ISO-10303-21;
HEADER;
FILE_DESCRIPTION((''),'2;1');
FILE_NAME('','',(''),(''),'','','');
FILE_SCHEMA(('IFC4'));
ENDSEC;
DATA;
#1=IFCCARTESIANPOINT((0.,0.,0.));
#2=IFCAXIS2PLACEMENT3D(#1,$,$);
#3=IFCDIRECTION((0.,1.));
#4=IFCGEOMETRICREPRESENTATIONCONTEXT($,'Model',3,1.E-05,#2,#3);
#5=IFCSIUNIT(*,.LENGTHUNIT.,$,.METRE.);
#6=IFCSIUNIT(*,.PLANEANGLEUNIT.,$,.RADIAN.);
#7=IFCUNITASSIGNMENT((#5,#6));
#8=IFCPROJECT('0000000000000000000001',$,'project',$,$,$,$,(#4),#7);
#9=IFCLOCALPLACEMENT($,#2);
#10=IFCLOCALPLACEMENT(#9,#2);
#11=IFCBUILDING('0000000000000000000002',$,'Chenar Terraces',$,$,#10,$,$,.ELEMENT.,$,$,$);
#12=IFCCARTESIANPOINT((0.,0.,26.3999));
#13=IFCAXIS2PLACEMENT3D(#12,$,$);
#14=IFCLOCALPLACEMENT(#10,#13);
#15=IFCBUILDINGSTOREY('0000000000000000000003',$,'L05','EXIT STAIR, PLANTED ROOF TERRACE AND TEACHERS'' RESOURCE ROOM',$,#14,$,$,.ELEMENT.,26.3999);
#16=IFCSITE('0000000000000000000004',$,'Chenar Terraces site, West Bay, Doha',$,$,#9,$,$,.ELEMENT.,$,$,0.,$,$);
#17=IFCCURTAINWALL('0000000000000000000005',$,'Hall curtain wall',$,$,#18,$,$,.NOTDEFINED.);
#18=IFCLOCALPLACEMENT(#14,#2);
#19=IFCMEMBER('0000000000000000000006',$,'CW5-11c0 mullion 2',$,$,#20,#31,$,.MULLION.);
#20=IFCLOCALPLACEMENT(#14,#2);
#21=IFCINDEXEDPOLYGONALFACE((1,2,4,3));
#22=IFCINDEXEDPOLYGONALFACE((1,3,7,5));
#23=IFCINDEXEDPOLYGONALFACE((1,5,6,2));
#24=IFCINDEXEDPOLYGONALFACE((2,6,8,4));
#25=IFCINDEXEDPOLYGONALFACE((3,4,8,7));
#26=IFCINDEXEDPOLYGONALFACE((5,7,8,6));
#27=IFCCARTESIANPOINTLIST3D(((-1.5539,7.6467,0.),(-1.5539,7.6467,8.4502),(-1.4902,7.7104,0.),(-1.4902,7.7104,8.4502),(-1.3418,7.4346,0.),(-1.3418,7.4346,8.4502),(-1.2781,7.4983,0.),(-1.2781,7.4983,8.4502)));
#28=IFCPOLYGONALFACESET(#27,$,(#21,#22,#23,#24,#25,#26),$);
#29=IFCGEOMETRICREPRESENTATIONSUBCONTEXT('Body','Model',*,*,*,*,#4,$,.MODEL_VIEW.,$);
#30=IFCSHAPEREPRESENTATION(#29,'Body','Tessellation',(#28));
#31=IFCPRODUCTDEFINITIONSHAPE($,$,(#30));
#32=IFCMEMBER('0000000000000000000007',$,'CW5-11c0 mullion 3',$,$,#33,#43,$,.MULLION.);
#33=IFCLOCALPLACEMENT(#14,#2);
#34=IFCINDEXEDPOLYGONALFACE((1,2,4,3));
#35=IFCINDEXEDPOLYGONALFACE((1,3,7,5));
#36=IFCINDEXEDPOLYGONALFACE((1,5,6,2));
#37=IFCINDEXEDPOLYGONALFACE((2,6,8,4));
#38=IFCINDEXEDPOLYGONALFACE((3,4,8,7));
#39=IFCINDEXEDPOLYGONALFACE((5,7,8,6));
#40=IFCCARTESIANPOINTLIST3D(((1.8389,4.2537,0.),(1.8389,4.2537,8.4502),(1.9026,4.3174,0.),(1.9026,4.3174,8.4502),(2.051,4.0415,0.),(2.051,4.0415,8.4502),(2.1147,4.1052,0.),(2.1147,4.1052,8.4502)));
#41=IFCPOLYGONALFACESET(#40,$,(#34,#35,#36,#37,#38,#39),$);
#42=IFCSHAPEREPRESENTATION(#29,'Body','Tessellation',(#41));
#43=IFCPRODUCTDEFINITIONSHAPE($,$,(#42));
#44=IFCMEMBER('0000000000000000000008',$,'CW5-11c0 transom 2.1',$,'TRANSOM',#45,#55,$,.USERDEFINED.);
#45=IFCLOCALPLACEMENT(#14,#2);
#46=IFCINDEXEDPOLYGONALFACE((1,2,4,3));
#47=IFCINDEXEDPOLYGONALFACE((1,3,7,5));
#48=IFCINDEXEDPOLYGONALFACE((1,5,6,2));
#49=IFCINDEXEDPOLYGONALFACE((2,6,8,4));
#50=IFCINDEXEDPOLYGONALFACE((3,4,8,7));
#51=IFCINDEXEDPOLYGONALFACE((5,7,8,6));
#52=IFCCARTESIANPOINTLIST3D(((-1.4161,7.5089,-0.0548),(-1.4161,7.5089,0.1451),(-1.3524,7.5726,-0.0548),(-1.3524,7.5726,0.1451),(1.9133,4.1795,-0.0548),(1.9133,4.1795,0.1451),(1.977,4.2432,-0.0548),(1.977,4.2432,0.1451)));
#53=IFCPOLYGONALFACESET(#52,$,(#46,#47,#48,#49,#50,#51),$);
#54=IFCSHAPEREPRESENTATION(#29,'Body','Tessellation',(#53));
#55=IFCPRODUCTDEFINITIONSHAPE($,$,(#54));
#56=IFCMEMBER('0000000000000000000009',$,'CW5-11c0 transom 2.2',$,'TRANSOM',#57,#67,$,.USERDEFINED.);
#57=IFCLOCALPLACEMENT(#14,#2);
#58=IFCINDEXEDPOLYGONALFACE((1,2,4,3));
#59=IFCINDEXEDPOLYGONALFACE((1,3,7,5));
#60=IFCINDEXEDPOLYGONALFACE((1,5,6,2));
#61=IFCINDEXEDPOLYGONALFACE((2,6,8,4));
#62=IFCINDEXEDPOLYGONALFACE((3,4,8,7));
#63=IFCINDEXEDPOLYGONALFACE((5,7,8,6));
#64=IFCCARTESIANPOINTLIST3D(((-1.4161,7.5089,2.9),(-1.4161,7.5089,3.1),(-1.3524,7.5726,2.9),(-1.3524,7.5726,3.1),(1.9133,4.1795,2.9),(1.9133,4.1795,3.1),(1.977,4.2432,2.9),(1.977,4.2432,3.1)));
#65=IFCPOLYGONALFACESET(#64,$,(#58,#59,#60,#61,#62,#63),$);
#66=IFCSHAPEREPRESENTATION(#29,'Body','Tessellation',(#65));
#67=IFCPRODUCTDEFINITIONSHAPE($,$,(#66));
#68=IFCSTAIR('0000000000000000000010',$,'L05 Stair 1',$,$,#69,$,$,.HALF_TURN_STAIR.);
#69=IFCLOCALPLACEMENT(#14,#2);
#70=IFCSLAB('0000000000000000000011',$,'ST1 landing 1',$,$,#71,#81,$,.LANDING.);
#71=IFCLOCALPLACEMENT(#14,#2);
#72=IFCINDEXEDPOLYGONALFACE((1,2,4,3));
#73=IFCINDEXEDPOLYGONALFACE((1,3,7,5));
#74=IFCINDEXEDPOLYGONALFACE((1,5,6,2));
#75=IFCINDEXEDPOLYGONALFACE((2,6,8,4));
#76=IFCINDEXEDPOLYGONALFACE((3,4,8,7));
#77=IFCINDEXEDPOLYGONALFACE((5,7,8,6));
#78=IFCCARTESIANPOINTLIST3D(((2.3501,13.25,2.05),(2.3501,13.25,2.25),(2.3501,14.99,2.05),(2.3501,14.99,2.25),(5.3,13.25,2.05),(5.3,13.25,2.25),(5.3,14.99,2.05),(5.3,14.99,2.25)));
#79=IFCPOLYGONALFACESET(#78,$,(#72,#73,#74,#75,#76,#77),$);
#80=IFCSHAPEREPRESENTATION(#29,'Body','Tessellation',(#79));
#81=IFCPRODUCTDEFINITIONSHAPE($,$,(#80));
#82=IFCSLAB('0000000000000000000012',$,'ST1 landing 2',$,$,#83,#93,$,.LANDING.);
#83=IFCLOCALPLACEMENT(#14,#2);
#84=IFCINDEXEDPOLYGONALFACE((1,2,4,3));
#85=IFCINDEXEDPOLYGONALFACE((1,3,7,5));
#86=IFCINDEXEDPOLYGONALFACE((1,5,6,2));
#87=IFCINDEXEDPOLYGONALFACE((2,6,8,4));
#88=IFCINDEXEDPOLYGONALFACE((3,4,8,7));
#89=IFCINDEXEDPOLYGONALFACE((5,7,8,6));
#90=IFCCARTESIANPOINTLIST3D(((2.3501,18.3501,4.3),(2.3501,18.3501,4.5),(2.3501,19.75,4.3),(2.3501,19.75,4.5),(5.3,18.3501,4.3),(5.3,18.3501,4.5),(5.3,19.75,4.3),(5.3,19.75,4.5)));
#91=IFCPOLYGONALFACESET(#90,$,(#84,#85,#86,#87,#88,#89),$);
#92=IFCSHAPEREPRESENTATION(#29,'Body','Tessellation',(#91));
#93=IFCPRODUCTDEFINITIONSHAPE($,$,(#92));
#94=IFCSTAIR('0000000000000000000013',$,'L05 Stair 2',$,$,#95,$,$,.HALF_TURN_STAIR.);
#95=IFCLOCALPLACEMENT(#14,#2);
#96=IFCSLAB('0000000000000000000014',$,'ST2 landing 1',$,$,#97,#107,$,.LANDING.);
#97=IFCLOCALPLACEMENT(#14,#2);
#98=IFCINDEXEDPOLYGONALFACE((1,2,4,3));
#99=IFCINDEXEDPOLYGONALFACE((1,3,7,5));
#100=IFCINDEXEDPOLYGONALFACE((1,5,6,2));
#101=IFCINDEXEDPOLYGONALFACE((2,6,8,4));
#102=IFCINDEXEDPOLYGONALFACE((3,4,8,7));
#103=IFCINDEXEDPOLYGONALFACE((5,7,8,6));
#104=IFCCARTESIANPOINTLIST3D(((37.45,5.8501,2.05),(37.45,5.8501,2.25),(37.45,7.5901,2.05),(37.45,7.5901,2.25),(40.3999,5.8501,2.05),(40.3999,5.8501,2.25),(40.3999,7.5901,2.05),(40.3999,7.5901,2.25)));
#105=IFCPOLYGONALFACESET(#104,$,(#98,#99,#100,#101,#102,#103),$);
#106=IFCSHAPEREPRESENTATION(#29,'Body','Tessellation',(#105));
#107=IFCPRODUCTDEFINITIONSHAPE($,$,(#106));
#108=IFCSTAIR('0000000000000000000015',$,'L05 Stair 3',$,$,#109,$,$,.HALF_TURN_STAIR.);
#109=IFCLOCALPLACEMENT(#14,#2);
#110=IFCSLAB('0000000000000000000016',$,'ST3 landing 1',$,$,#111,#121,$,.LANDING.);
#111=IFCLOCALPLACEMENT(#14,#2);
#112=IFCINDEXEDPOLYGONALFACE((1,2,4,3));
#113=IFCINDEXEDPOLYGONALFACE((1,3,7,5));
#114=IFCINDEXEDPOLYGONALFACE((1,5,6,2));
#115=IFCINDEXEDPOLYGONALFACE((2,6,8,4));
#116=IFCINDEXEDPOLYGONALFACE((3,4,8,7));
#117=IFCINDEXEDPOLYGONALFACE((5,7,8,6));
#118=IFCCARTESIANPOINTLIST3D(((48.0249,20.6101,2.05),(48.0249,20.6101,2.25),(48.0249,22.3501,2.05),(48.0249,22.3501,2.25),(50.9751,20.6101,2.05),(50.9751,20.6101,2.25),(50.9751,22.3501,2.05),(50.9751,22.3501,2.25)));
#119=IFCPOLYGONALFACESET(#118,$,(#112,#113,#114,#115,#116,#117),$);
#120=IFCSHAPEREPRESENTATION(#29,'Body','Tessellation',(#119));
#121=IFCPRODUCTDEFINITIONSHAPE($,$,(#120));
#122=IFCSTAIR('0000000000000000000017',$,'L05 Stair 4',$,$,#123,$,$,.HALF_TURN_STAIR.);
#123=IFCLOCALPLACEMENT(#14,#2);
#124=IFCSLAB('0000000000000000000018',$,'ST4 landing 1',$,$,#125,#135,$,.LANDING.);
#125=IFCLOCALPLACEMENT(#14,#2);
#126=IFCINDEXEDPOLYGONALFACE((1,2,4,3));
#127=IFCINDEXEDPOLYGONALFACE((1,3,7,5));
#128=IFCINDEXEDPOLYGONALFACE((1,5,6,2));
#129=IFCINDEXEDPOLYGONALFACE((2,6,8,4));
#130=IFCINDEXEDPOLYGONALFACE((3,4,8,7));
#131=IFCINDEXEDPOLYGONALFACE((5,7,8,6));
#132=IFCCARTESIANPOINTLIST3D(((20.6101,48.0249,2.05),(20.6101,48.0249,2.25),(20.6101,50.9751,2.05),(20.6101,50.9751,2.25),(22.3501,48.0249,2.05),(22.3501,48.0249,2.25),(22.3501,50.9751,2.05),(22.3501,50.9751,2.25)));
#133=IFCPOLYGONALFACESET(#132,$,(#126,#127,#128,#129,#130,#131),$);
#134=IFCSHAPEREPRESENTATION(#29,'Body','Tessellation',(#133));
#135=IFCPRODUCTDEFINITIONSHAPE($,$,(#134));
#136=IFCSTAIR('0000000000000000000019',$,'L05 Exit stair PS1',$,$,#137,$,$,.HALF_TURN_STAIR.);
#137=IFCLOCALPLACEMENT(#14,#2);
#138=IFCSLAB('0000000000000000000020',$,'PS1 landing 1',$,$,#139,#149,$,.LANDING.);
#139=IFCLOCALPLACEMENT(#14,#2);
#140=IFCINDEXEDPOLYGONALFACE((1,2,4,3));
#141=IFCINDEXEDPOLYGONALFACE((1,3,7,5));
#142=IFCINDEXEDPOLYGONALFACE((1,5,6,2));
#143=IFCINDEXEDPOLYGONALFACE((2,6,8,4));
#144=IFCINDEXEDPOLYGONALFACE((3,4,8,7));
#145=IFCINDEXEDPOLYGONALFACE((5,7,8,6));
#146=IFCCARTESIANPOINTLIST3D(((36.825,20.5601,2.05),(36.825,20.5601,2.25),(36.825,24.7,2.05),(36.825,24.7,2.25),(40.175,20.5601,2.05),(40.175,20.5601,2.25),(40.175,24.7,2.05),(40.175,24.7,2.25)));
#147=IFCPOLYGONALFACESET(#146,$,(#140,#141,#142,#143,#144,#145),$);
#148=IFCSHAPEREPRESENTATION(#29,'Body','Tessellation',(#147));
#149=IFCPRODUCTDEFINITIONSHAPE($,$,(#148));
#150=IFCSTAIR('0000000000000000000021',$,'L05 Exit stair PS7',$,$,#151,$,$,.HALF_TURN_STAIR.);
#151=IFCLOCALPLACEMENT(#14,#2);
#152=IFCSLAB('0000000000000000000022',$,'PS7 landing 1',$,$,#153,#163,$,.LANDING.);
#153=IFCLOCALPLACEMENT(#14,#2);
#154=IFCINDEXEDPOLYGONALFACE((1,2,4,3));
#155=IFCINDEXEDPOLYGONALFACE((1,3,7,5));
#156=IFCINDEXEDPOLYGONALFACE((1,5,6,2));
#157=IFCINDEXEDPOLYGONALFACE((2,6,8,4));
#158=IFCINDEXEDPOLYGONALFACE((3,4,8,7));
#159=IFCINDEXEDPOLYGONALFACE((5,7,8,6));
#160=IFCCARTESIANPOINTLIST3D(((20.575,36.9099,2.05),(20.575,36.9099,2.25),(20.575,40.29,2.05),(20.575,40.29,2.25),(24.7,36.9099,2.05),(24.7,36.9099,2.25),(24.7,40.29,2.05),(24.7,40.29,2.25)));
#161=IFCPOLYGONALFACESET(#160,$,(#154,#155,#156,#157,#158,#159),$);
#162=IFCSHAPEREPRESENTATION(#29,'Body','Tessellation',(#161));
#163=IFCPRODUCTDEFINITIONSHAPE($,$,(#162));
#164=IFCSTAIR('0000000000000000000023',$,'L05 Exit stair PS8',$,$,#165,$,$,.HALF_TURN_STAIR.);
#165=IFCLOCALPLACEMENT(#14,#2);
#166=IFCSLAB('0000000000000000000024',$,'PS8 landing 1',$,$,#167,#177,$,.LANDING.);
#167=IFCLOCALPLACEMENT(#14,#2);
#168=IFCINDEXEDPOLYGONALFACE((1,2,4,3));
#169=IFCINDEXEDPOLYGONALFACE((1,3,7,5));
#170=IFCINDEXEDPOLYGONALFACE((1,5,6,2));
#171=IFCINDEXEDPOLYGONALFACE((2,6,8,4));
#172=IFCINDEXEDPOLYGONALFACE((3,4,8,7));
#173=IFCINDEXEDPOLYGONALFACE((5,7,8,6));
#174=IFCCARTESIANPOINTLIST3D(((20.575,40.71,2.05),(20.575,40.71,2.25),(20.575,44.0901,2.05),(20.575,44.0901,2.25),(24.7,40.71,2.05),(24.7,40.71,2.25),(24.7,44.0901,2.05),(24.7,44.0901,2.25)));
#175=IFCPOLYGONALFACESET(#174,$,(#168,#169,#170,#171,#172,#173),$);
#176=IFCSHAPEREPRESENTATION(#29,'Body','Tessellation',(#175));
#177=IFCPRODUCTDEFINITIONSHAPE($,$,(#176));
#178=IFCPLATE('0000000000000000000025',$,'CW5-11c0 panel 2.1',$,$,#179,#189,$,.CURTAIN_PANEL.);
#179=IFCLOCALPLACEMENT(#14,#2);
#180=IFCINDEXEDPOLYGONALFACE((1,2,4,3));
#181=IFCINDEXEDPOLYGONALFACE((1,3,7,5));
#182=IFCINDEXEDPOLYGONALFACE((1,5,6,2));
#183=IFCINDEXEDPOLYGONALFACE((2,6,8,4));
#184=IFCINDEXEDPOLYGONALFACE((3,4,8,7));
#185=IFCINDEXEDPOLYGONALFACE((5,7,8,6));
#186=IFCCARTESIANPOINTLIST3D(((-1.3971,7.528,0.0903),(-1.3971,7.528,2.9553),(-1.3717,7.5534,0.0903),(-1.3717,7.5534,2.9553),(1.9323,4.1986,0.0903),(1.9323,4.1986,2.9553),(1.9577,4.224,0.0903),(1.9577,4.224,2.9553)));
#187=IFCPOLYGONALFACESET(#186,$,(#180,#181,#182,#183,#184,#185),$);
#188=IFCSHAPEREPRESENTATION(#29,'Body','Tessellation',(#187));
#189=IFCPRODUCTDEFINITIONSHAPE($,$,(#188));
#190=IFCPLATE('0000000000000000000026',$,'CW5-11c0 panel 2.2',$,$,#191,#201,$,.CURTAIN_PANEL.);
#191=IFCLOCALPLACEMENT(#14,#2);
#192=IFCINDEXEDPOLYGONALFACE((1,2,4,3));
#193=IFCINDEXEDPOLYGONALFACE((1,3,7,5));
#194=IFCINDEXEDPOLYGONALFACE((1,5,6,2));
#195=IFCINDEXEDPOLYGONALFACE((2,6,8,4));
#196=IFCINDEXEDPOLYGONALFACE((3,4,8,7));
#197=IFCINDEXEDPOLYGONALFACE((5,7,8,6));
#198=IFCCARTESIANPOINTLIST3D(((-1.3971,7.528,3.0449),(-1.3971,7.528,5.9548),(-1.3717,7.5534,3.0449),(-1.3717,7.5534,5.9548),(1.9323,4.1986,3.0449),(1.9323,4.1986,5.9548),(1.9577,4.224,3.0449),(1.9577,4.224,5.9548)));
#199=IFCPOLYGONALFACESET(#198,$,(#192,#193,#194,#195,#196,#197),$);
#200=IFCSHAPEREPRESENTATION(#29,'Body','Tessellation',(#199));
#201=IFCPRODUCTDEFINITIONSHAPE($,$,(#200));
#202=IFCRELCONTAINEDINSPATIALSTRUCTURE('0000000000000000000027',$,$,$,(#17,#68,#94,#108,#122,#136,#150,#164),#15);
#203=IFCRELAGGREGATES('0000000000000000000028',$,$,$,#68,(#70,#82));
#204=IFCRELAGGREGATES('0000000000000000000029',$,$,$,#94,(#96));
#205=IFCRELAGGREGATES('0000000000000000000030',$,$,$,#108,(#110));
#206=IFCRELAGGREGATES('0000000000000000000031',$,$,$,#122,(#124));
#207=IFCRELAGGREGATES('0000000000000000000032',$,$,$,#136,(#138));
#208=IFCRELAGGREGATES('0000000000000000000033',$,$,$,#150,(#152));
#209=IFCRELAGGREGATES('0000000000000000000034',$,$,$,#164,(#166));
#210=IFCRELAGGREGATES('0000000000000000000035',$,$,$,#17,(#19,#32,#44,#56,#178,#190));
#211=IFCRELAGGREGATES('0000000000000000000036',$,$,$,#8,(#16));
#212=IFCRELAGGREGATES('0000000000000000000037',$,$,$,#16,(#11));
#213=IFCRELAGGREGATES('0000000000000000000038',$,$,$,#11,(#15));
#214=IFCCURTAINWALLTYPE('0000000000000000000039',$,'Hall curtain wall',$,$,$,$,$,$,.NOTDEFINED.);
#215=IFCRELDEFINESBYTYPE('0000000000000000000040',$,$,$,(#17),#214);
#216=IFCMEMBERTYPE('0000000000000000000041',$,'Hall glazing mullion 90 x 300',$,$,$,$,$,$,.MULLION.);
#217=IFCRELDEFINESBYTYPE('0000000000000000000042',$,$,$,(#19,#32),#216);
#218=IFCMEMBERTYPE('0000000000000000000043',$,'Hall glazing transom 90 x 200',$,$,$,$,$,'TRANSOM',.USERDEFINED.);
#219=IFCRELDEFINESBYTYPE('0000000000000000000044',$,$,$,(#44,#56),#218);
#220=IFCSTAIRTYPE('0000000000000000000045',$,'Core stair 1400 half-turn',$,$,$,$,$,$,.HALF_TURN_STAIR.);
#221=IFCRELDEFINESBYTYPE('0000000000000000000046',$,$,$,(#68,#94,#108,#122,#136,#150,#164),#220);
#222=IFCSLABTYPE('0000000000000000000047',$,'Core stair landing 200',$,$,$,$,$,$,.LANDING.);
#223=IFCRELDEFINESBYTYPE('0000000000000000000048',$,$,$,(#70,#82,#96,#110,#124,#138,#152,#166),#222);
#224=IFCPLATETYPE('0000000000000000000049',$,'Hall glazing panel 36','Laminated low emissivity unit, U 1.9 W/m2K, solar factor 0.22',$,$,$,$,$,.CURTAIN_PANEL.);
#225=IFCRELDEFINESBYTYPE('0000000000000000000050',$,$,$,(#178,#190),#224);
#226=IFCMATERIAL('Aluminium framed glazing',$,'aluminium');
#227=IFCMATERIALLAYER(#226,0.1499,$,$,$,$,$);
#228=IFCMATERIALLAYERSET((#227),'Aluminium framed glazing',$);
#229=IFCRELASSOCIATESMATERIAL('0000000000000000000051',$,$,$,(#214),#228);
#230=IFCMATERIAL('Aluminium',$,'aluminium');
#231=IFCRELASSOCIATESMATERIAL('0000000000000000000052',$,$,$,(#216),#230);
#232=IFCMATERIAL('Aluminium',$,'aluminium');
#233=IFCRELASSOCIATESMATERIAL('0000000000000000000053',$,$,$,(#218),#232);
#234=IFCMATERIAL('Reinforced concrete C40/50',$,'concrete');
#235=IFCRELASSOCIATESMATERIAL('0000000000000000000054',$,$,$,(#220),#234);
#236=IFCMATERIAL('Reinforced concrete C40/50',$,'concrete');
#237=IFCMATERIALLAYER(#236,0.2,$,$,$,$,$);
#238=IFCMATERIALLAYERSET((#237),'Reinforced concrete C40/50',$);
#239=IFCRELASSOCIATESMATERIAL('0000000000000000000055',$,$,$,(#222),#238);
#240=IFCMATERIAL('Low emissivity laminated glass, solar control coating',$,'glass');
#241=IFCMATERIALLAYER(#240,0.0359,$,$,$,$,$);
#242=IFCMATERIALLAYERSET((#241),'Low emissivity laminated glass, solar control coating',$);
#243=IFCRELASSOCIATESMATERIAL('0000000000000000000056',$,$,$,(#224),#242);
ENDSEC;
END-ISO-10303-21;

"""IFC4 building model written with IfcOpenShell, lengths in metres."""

from ifc_helpers import new_model, si_unit, direction, frame, origin, origin_2d, place, context, subcontext, project, spatial, polyline, rectangle, outline, extrude, material, layer, layer_set, material_profile, profile_set, type_object, element, aggregate, save


model = new_model("IFC4")

# Units and contexts
model_context = context("Model", 3, precision=1e-05, world=origin(), true_north=direction((0.0, 1.0)))
body_context = subcontext(model_context, "Body", "Model", "MODEL_VIEW")
ifc_project = project(units=[si_unit("LENGTHUNIT", "METRE"), si_unit("PLANEANGLEUNIT", "RADIAN")], contexts=[model_context])

# Site, building, storey
site_placement = place(None, origin())
site = spatial("IfcSite", under=ifc_project, at=site_placement, Name="Chenar Terraces site, West Bay, Doha", CompositionType="ELEMENT", RefElevation=0.0)
building_placement = place(site_placement, origin())
building = spatial("IfcBuilding", under=site, at=building_placement, Name="Chenar Terraces", CompositionType="ELEMENT")
storey_placement = place(building_placement, frame((0.0, 0.0, 26.3999)))
storey = spatial("IfcBuildingStorey", under=building, at=storey_placement, Name="L05", Description="EXIT STAIR, PLANTED ROOF TERRACE AND TEACHERS' RESOURCE ROOM", CompositionType="ELEMENT", Elevation=26.3999)

# Curtain wall, members
ifc_material_1 = material(Name="Aluminium framed glazing", Category="aluminium")
ifc_layer_1 = layer(ifc_material_1, 0.1499)
ifc_layer_set_1 = layer_set([ifc_layer_1], Name="Aluminium framed glazing")
curtain_wall_type = type_object("IfcCurtainWallType", Name="Hall curtain wall", PredefinedType="NOTDEFINED", material=ifc_layer_set_1)
placement_1 = place(storey_placement, origin())
curtain_wall = element("IfcCurtainWall", 1, at=placement_1, inside=storey, type_object=curtain_wall_type, Name="Hall curtain wall", PredefinedType="NOTDEFINED")
ifc_material_2 = material(Name="Aluminium", Category="aluminium")
ifc_material_profile_1 = material_profile(ifc_material_2, rectangle(XDim=0.0901, YDim=0.3, at=origin_2d()), Name="Hall glazing mullion 90 x 300")
ifc_profile_set_1 = profile_set([ifc_material_profile_1], Name="Aluminium")
member_type_1 = type_object("IfcMemberType", Name="Hall glazing mullion 90 x 300", PredefinedType="MULLION", material=ifc_profile_set_1)
member_1_placement = place(storey_placement, frame((-1.416, 7.5725, 0.0), z_axis=(0.0, 0.0, 1.0), x_axis=(0.707107, 0.707107, 0.0)))
member_1 = element("IfcMember", 2, at=member_1_placement, type_object=member_type_1, Name="CW5-11c0 mullion 2", PredefinedType="MULLION", context=body_context, shape_type="SweptSolid", body=[
    extrude(rectangle(XDim=0.0901, YDim=0.3, at=origin_2d()), origin(), (0.0, 0.0, 1.0), 8.4502),
])
member_2_placement = place(storey_placement, frame((1.9768, 4.1794, 0.0), z_axis=(0.0, 0.0, 1.0), x_axis=(0.707107, 0.707107, 0.0)))
member_2 = element("IfcMember", 3, at=member_2_placement, type_object=member_type_1, Name="CW5-11c0 mullion 3", PredefinedType="MULLION", context=body_context, shape_type="SweptSolid", body=[
    extrude(rectangle(XDim=0.0901, YDim=0.3, at=origin_2d()), origin(), (0.0, 0.0, 1.0), 8.4502),
])
ifc_material_3 = material(Name="Aluminium", Category="aluminium")
ifc_material_profile_2 = material_profile(ifc_material_3, rectangle(XDim=0.0901, YDim=0.2, at=origin_2d()), Name="Hall glazing transom 90 x 200")
ifc_profile_set_2 = profile_set([ifc_material_profile_2], Name="Aluminium")
member_type_2 = type_object("IfcMemberType", Name="Hall glazing transom 90 x 200", ElementType="TRANSOM", PredefinedType="USERDEFINED", material=ifc_profile_set_2)
member_3_placement = place(storey_placement, frame((-1.3843, 7.5408, 0.0452), z_axis=(0.707107, -0.707107, 0.0), x_axis=(0.707107, 0.707107, 0.0)))
member_3 = element("IfcMember", 4, at=member_3_placement, type_object=member_type_2, Name="CW5-11c0 transom 2.1", ObjectType="TRANSOM", PredefinedType="USERDEFINED", context=body_context, shape_type="SweptSolid", body=[
    extrude(rectangle(XDim=0.0901, YDim=0.2, at=origin_2d()), origin(), (0.0, 0.0, 1.0), 4.7085),
])
member_4_placement = place(storey_placement, frame((-1.3843, 7.5408, 3.0), z_axis=(0.707107, -0.707107, 0.0), x_axis=(0.707107, 0.707107, 0.0)))
member_4 = element("IfcMember", 5, at=member_4_placement, type_object=member_type_2, Name="CW5-11c0 transom 2.2", ObjectType="TRANSOM", PredefinedType="USERDEFINED", context=body_context, shape_type="SweptSolid", body=[
    extrude(rectangle(XDim=0.0901, YDim=0.2, at=origin_2d()), origin(), (0.0, 0.0, 1.0), 4.7085),
])

# Stair, slabs
ifc_material_4 = material(Name="Reinforced concrete C40/50", Category="concrete")
stair_type = type_object("IfcStairType", Name="Core stair 1400 half-turn", PredefinedType="HALF_TURN_STAIR", material=ifc_material_4)
stair_1 = element("IfcStair", 6, at=placement_1, inside=storey, type_object=stair_type, Name="L05 Stair 1", PredefinedType="HALF_TURN_STAIR")
ifc_material_5 = material(Name="Reinforced concrete C40/50", Category="concrete")
ifc_layer_2 = layer(ifc_material_5, 0.2)
ifc_layer_set_2 = layer_set([ifc_layer_2], Name="Reinforced concrete C40/50")
slab_type_1 = type_object("IfcSlabType", Name="Core stair landing 200", PredefinedType="LANDING", material=ifc_layer_set_2)
placement_2 = place(storey_placement, frame((0.0, 0.0, 2.05)))
slab_1 = element("IfcSlab", 7, at=placement_2, type_object=slab_type_1, Name="ST1 landing 1", PredefinedType="LANDING", context=body_context, shape_type="SweptSolid", body=[
    extrude(outline(polyline([(2.3501, 14.99), (2.3501, 13.25), (5.3, 13.25), (5.3, 14.99), (2.3501, 14.99)])), origin(), (0.0, 0.0, 1.0), 0.2),
])
slab_2_placement = place(storey_placement, frame((0.0, 0.0, 4.3)))
slab_2 = element("IfcSlab", 8, at=slab_2_placement, type_object=slab_type_1, Name="ST1 landing 2", PredefinedType="LANDING", context=body_context, shape_type="SweptSolid", body=[
    extrude(outline(polyline([(2.3501, 19.75), (2.3501, 18.3501), (5.3, 18.3501), (5.3, 19.75), (2.3501, 19.75)])), origin(), (0.0, 0.0, 1.0), 0.2),
])
aggregate(stair_1, [slab_1, slab_2])

# Stairs, slabs
stair_2 = element("IfcStair", 9, at=placement_1, inside=storey, type_object=stair_type, Name="L05 Stair 2", PredefinedType="HALF_TURN_STAIR")
slab_3 = element("IfcSlab", 10, at=placement_2, type_object=slab_type_1, Name="ST2 landing 1", PredefinedType="LANDING", context=body_context, shape_type="SweptSolid", body=[
    extrude(outline(polyline([(37.45, 7.5901), (37.45, 5.8501), (40.3999, 5.8501), (40.3999, 7.5901), (37.45, 7.5901)])), origin(), (0.0, 0.0, 1.0), 0.2),
])
aggregate(stair_2, [slab_3])
stair_3 = element("IfcStair", 11, at=placement_1, inside=storey, type_object=stair_type, Name="L05 Stair 3", PredefinedType="HALF_TURN_STAIR")
slab_4 = element("IfcSlab", 12, at=placement_2, type_object=slab_type_1, Name="ST3 landing 1", PredefinedType="LANDING", context=body_context, shape_type="SweptSolid", body=[
    extrude(outline(polyline([(50.9751, 20.6101), (50.9751, 22.3501), (48.0249, 22.3501), (48.0249, 20.6101), (50.9751, 20.6101)])), origin(), (0.0, 0.0, 1.0), 0.2),
])
aggregate(stair_3, [slab_4])
stair_4 = element("IfcStair", 13, at=placement_1, inside=storey, type_object=stair_type, Name="L05 Stair 4", PredefinedType="HALF_TURN_STAIR")
slab_5 = element("IfcSlab", 14, at=placement_2, type_object=slab_type_1, Name="ST4 landing 1", PredefinedType="LANDING", context=body_context, shape_type="SweptSolid", body=[
    extrude(outline(polyline([(20.6101, 48.0249), (22.3501, 48.0249), (22.3501, 50.9751), (20.6101, 50.9751), (20.6101, 48.0249)])), origin(), (0.0, 0.0, 1.0), 0.2),
])
aggregate(stair_4, [slab_5])
stair_5 = element("IfcStair", 15, at=placement_1, inside=storey, type_object=stair_type, Name="L05 Exit stair PS1", PredefinedType="HALF_TURN_STAIR")
slab_6 = element("IfcSlab", 16, at=placement_2, type_object=slab_type_1, Name="PS1 landing 1", PredefinedType="LANDING", context=body_context, shape_type="SweptSolid", body=[
    extrude(outline(polyline([(40.175, 20.5601), (40.175, 24.7), (36.825, 24.7), (36.825, 20.5601), (40.175, 20.5601)])), origin(), (0.0, 0.0, 1.0), 0.2),
])
aggregate(stair_5, [slab_6])
stair_6 = element("IfcStair", 17, at=placement_1, inside=storey, type_object=stair_type, Name="L05 Exit stair PS7", PredefinedType="HALF_TURN_STAIR")
slab_7 = element("IfcSlab", 18, at=placement_2, type_object=slab_type_1, Name="PS7 landing 1", PredefinedType="LANDING", context=body_context, shape_type="SweptSolid", body=[
    extrude(outline(polyline([(20.575, 36.9099), (24.7, 36.9099), (24.7, 40.29), (20.575, 40.29), (20.575, 36.9099)])), origin(), (0.0, 0.0, 1.0), 0.2),
])
aggregate(stair_6, [slab_7])
stair_7 = element("IfcStair", 19, at=placement_1, inside=storey, type_object=stair_type, Name="L05 Exit stair PS8", PredefinedType="HALF_TURN_STAIR")
slab_8 = element("IfcSlab", 20, at=placement_2, type_object=slab_type_1, Name="PS8 landing 1", PredefinedType="LANDING", context=body_context, shape_type="SweptSolid", body=[
    extrude(outline(polyline([(20.575, 40.71), (24.7, 40.71), (24.7, 44.0901), (20.575, 44.0901), (20.575, 40.71)])), origin(), (0.0, 0.0, 1.0), 0.2),
])
aggregate(stair_7, [slab_8])

# Plates
ifc_material_6 = material(Name="Low emissivity laminated glass, solar control coating", Category="glass")
ifc_layer_3 = layer(ifc_material_6, 0.0359)
ifc_layer_set_3 = layer_set([ifc_layer_3], Name="Low emissivity laminated glass, solar control coating")
plate_type = type_object("IfcPlateType", Name="Hall glazing panel 36", Description="Laminated low emissivity unit, U 1.9 W/m2K, solar factor 0.22", PredefinedType="CURTAIN_PANEL", material=ifc_layer_set_3)
plate_1_placement = place(storey_placement, frame((0.2803, 5.876, 0.0903), z_axis=(0.0, 0.0, 1.0), x_axis=(0.707107, -0.707107, 0.0)))
plate_1 = element("IfcPlate", 21, at=plate_1_placement, type_object=plate_type, Name="CW5-11c0 panel 2.1", PredefinedType="CURTAIN_PANEL", context=body_context, shape_type="SweptSolid", body=[
    extrude(rectangle(XDim=4.7085, YDim=0.0359, at=origin_2d()), origin(), (0.0, 0.0, 1.0), 2.865),
])
plate_2_placement = place(storey_placement, frame((0.2803, 5.876, 3.0449), z_axis=(0.0, 0.0, 1.0), x_axis=(0.707107, -0.707107, 0.0)))
plate_2 = element("IfcPlate", 22, at=plate_2_placement, type_object=plate_type, Name="CW5-11c0 panel 2.2", PredefinedType="CURTAIN_PANEL", context=body_context, shape_type="SweptSolid", body=[
    extrude(rectangle(XDim=4.7085, YDim=0.0359, at=origin_2d()), origin(), (0.0, 0.0, 1.0), 2.9099),
])
aggregate(curtain_wall, [member_1, member_2, member_3, member_4, plate_1, plate_2])

save(model, "model.ifc")
